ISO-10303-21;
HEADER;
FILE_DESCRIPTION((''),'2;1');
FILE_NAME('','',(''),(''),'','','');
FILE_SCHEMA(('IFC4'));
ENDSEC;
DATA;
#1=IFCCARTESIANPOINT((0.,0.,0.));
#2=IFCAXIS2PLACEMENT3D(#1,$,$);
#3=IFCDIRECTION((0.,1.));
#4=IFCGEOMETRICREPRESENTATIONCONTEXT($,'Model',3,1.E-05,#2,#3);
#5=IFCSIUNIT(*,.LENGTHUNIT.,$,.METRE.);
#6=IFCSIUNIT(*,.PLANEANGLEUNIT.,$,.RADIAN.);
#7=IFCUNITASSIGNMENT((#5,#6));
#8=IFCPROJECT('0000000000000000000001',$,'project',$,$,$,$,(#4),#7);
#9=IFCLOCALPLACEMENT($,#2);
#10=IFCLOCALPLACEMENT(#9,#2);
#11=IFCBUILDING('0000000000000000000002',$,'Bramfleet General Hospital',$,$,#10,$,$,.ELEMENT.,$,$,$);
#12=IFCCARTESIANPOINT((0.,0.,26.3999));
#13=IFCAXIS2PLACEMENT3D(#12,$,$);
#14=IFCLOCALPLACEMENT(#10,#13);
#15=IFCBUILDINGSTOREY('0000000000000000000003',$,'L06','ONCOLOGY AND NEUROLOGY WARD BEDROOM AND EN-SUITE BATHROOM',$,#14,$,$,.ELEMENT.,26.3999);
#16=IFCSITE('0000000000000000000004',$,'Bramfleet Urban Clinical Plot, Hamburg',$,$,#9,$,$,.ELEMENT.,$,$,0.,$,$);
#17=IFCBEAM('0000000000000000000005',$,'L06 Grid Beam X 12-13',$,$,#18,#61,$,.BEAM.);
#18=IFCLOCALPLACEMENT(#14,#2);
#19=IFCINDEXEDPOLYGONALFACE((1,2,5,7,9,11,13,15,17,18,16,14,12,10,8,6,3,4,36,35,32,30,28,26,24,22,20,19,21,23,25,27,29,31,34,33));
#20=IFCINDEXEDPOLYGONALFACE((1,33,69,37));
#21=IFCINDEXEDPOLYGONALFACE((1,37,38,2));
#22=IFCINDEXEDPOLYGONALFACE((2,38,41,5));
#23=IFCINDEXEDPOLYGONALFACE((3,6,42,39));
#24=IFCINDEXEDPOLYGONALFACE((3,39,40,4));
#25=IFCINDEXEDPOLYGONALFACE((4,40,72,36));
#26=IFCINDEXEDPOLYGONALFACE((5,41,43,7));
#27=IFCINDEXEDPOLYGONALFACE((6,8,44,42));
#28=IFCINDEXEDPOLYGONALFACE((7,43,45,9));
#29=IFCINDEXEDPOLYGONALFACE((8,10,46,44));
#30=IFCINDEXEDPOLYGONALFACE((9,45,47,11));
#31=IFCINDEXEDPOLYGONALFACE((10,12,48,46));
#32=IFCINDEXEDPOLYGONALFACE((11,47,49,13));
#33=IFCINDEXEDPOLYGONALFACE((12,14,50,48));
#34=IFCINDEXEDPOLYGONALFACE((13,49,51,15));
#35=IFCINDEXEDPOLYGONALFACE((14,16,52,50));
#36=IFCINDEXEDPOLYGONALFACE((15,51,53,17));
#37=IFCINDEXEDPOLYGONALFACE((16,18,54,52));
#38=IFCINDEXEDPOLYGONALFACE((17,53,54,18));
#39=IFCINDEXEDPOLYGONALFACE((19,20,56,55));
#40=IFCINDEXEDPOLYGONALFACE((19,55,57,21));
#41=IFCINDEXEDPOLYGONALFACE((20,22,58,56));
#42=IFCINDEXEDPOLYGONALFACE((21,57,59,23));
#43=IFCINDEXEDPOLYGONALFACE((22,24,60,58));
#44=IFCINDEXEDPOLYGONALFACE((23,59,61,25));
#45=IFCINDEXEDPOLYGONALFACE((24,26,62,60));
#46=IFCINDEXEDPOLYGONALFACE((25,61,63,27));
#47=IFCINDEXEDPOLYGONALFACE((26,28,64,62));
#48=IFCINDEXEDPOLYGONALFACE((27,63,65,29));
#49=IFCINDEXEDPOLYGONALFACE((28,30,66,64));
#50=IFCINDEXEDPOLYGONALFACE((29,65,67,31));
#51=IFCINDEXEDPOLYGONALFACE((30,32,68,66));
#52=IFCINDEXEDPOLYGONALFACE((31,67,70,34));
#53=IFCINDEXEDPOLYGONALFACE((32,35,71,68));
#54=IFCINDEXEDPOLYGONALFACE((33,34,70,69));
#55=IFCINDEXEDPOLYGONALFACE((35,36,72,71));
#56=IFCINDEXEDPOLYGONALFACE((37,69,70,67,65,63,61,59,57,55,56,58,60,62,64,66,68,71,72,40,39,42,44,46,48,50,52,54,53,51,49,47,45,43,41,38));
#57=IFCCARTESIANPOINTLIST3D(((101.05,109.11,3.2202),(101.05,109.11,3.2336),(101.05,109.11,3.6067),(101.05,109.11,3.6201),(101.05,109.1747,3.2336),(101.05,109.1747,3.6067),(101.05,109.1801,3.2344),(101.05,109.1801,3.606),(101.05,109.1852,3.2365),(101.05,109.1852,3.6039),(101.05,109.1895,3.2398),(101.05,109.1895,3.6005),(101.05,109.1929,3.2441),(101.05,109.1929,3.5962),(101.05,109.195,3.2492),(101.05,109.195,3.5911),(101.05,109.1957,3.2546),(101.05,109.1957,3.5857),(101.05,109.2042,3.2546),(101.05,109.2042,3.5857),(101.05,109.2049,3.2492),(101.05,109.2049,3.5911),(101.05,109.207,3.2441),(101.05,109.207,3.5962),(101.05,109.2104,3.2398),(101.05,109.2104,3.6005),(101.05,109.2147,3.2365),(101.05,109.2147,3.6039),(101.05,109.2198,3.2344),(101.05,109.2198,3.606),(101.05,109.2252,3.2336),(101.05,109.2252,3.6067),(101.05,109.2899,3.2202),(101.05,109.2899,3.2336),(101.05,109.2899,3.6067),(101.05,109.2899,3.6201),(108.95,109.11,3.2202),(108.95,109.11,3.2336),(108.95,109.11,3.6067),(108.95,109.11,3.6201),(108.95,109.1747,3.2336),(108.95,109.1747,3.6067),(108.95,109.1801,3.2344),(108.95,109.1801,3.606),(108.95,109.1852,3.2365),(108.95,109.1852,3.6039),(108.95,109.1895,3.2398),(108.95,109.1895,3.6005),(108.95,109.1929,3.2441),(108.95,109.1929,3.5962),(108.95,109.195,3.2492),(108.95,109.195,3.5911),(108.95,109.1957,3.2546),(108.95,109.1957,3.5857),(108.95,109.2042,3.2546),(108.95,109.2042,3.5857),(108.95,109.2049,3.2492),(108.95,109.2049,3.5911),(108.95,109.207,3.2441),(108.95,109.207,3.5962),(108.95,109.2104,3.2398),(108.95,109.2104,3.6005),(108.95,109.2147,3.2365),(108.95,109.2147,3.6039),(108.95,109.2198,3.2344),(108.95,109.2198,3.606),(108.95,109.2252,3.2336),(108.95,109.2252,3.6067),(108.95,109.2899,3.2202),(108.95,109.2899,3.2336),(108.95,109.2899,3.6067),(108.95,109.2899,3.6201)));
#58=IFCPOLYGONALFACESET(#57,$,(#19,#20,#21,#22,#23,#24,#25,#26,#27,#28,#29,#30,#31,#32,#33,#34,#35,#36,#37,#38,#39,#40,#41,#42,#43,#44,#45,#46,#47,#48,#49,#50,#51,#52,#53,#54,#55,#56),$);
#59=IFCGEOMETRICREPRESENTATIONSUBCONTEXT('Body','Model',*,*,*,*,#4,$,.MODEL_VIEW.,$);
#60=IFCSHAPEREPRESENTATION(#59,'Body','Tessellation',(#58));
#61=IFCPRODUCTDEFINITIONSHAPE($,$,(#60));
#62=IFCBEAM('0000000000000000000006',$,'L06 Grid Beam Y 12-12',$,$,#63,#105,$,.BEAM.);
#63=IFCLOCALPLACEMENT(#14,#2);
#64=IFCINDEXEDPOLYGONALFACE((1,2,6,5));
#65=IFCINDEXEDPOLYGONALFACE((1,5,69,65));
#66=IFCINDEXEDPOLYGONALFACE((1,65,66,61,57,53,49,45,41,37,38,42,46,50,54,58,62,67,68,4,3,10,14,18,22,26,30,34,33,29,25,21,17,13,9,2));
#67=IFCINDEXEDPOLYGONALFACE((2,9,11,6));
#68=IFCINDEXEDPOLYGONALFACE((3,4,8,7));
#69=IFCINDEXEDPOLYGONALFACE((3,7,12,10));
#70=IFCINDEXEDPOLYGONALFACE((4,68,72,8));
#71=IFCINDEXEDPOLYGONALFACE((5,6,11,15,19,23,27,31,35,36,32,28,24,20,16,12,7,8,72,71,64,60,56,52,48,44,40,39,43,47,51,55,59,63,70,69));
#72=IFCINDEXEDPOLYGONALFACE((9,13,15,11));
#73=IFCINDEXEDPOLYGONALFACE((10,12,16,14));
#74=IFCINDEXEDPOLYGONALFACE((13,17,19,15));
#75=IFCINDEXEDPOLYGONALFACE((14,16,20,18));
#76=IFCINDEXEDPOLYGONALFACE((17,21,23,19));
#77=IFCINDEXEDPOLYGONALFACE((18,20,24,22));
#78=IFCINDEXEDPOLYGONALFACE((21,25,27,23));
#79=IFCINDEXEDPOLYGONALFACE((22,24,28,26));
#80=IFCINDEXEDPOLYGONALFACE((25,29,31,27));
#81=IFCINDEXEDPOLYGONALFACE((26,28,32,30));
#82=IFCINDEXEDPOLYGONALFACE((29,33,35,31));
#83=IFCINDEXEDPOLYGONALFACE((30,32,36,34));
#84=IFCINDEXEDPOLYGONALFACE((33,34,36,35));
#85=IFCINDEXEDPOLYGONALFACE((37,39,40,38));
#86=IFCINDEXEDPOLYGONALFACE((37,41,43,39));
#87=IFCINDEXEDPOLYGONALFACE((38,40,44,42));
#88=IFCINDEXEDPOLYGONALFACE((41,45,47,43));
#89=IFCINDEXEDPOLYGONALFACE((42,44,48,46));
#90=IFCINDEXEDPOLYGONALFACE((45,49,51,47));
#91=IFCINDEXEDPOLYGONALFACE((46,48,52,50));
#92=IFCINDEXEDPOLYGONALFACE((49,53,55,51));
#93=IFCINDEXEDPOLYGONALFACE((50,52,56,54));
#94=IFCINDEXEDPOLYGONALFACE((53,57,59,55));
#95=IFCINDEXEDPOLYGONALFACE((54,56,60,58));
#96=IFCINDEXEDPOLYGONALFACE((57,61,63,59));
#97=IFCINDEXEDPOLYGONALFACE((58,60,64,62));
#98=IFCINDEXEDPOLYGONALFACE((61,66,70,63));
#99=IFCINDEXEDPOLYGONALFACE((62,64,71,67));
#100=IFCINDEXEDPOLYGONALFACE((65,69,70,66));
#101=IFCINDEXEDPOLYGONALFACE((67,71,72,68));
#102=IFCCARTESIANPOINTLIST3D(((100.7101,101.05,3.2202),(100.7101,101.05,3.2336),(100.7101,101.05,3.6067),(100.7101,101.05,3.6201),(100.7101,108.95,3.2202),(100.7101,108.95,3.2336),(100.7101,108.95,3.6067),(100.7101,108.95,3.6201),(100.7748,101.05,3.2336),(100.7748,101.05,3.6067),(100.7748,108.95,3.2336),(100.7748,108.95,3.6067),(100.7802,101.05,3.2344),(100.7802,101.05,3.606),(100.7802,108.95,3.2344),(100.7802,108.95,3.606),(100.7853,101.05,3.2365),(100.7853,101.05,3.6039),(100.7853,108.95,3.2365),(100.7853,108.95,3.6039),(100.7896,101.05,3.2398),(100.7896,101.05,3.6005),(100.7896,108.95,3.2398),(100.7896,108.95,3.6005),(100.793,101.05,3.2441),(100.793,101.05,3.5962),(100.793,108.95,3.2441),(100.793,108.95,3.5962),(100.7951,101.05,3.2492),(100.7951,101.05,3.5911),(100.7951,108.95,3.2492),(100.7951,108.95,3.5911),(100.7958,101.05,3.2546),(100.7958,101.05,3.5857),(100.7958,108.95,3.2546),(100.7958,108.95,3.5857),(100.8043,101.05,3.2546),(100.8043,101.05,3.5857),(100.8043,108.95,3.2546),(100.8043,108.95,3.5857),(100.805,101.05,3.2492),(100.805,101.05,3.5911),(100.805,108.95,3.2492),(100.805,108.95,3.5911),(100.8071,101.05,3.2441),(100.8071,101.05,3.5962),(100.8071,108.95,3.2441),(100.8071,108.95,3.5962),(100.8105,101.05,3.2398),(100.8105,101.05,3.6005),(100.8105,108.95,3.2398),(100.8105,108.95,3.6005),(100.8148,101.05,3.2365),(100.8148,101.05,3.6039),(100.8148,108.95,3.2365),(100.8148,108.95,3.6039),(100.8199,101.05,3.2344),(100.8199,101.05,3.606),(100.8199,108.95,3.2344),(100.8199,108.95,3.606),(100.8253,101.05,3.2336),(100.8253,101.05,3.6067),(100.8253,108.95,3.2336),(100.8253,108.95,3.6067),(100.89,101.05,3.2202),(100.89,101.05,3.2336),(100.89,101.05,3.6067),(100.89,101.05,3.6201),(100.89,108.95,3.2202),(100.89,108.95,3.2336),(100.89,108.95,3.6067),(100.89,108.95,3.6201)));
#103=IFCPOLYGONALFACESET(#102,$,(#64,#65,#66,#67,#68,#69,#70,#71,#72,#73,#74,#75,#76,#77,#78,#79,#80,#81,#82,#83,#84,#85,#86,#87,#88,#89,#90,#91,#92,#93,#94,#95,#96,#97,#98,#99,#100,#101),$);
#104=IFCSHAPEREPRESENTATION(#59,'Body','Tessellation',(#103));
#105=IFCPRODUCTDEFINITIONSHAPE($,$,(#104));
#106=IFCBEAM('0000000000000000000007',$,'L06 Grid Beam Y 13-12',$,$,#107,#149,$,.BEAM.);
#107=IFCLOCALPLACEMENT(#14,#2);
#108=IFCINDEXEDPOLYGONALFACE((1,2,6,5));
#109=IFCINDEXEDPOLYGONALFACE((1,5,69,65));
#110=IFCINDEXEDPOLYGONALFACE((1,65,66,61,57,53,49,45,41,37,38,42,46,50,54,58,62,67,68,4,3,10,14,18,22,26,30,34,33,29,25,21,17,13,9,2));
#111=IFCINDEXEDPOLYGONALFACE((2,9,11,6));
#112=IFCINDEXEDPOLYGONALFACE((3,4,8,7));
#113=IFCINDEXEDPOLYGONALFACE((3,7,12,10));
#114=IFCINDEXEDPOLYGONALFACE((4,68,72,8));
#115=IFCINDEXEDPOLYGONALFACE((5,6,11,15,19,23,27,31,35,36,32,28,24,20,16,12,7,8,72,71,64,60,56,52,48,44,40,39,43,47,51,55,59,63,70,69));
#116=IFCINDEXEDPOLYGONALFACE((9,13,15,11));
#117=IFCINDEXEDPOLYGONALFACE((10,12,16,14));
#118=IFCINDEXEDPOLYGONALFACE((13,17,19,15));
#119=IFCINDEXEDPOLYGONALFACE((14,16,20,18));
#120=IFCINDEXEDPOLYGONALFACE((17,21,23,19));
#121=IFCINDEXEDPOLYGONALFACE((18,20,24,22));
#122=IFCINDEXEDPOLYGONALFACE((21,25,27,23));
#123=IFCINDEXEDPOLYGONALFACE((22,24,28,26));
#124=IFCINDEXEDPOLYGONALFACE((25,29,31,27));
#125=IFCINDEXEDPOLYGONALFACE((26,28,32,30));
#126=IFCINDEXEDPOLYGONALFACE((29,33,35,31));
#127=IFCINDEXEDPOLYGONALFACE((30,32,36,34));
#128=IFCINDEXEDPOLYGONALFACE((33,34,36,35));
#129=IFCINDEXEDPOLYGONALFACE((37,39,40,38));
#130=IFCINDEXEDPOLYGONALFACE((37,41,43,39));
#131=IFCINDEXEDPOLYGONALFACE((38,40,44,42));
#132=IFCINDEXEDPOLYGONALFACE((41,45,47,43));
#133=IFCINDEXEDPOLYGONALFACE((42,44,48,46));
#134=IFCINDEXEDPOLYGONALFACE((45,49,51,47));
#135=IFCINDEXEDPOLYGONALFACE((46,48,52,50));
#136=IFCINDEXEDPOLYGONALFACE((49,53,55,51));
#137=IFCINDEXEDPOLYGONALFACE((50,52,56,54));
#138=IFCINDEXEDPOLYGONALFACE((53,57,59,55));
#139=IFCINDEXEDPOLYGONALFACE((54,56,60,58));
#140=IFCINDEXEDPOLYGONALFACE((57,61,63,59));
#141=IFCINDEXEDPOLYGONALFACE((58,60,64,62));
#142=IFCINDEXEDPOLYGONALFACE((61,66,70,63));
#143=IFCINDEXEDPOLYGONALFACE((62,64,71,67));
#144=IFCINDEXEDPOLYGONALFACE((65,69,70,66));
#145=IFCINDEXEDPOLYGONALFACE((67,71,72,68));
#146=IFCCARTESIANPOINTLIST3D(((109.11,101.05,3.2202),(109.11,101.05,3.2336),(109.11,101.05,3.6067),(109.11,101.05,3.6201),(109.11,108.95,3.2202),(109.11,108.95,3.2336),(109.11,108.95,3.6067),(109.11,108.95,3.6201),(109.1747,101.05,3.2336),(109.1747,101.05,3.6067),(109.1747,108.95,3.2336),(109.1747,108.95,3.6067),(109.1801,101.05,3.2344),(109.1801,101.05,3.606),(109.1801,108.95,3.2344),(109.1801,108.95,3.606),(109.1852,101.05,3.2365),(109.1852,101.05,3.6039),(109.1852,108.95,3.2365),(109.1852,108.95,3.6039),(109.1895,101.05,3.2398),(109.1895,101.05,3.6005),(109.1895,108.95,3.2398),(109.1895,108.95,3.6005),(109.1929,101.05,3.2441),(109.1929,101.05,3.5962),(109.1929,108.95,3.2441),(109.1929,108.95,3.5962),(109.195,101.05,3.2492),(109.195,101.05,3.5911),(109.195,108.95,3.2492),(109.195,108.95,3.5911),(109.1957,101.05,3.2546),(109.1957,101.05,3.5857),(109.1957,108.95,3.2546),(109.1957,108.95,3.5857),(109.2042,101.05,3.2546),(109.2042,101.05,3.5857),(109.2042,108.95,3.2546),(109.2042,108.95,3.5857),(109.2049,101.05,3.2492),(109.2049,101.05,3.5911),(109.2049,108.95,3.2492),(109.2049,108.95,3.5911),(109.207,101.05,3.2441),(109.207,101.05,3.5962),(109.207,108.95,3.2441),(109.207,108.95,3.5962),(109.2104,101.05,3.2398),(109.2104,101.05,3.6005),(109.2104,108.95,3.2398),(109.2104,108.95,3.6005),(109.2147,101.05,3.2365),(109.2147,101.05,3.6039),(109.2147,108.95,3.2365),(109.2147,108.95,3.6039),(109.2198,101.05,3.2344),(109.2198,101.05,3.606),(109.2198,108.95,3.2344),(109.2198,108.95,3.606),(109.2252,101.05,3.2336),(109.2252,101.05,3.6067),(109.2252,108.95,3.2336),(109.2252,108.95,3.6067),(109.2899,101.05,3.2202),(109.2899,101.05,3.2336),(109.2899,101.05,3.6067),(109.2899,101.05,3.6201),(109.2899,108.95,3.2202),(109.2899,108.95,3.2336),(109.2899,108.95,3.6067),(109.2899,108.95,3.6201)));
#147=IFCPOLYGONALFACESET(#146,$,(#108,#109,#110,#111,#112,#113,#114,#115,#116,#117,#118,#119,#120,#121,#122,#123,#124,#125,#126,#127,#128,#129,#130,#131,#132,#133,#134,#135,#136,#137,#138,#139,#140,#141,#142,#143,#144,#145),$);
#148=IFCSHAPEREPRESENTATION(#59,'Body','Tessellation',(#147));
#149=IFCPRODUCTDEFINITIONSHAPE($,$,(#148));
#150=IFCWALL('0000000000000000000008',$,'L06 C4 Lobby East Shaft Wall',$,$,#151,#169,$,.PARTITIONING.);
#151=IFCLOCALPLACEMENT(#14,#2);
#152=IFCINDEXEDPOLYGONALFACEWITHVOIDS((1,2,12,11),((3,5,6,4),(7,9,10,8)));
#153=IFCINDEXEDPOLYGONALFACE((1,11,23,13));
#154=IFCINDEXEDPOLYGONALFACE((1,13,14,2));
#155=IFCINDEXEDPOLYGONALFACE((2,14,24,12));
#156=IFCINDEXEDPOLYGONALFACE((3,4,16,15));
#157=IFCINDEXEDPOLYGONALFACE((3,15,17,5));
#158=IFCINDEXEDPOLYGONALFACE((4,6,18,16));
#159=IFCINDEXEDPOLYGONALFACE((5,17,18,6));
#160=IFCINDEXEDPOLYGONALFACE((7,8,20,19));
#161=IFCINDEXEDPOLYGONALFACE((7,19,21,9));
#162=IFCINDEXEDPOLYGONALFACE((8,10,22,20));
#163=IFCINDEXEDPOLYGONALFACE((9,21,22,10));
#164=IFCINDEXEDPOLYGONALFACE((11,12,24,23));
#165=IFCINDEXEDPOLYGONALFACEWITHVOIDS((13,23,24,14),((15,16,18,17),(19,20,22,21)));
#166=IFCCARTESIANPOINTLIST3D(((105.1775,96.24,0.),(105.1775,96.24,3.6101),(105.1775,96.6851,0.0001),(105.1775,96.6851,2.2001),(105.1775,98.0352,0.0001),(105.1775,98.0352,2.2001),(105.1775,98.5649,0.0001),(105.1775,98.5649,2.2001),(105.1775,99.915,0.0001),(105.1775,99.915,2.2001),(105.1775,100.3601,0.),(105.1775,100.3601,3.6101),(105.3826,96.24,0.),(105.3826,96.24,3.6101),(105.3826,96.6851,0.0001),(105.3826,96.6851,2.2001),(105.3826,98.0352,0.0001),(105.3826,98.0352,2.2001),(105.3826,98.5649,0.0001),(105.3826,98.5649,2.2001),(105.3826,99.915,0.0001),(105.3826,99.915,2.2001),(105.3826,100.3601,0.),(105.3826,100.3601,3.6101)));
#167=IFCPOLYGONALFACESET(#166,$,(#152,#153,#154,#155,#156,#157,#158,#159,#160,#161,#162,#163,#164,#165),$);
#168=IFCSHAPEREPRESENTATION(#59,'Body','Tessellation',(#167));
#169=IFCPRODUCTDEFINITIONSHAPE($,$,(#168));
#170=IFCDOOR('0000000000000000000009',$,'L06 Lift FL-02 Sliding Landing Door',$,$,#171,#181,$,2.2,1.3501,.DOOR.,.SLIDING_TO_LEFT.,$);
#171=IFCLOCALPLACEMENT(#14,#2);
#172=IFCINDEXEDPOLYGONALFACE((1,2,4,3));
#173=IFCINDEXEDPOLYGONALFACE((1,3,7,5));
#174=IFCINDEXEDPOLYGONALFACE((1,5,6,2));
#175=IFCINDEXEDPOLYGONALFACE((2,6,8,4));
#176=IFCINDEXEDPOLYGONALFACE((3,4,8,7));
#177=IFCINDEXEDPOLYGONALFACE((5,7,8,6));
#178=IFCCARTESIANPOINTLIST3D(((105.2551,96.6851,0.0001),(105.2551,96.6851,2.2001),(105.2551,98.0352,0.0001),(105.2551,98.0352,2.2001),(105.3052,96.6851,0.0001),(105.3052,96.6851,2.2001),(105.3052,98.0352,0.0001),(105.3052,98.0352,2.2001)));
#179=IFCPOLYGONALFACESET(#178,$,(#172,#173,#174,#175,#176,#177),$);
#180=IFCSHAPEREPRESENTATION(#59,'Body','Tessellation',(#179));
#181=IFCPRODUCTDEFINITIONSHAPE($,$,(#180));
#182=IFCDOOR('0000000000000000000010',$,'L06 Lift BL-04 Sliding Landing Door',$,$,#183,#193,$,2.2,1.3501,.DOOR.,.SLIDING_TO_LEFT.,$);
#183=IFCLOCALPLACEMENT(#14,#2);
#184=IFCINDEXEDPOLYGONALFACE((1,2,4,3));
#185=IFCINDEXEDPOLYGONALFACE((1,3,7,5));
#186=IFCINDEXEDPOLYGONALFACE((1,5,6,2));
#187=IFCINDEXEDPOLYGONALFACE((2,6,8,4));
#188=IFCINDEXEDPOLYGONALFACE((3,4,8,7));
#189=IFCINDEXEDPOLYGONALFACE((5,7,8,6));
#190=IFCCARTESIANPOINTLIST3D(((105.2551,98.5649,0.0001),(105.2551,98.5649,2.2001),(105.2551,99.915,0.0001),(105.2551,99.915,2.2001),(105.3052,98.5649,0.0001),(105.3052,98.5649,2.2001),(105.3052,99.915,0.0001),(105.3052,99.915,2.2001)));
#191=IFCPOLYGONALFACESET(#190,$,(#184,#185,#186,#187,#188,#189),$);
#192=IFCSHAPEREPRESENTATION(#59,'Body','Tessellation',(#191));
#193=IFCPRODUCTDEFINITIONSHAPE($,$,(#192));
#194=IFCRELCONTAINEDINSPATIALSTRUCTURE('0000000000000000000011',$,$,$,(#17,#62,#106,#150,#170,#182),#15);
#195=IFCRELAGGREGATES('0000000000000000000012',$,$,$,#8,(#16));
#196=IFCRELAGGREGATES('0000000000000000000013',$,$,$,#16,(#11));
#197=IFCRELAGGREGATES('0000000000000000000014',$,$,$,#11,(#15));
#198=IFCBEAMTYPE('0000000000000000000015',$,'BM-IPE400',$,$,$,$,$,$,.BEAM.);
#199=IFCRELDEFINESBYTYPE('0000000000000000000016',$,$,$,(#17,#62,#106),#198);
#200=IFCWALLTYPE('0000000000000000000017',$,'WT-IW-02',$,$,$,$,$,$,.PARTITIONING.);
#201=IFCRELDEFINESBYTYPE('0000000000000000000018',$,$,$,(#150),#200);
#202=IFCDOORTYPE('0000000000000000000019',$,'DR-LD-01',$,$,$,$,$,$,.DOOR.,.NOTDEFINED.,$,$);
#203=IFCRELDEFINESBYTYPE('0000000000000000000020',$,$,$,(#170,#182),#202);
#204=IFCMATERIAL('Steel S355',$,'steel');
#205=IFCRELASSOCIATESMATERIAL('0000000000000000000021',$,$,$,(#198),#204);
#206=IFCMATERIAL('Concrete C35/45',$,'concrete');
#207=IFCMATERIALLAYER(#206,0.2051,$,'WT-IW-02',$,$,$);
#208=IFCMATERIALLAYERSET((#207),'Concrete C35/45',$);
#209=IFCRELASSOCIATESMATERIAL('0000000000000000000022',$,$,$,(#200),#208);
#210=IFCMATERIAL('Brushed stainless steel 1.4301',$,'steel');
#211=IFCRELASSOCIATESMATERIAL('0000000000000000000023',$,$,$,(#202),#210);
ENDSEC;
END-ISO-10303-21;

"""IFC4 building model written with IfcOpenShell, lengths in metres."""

from ifc_helpers import new_model, si_unit, direction, frame, frame_2d, origin, origin_2d, place, context, subcontext, project, spatial, rectangle, i_section, extrude, material, layer, layer_set, material_profile, profile_set, type_object, element, fill, save


model = new_model("IFC4")

# Units and contexts
model_context = context("Model", 3, precision=1e-05, world=origin(), true_north=direction((0.0, 1.0)))
body_context = subcontext(model_context, "Body", "Model", "MODEL_VIEW")
ifc_project = project(units=[si_unit("LENGTHUNIT", "METRE"), si_unit("PLANEANGLEUNIT", "RADIAN")], contexts=[model_context])

# Site, building, storey
site_placement = place(None, origin())
site = spatial("IfcSite", under=ifc_project, at=site_placement, Name="Bramfleet Urban Clinical Plot, Hamburg", CompositionType="ELEMENT", RefElevation=0.0)
building_placement = place(site_placement, origin())
building = spatial("IfcBuilding", under=site, at=building_placement, Name="Bramfleet General Hospital", CompositionType="ELEMENT")
storey_placement = place(building_placement, frame((0.0, 0.0, 26.3999)))
storey = spatial("IfcBuildingStorey", under=building, at=storey_placement, Name="L06", Description="ONCOLOGY AND NEUROLOGY WARD BEDROOM AND EN-SUITE BATHROOM", CompositionType="ELEMENT", Elevation=26.3999)

# Beams
ifc_material_1 = material(Name="Steel S355", Category="steel")
ifc_material_profile_1 = material_profile(ifc_material_1, i_section(OverallWidth=0.1799, OverallDepth=0.3999, WebThickness=0.0085, FlangeThickness=0.0134, FilletRadius=0.021, at=origin_2d()), Name="IPE 400")
ifc_profile_set_1 = profile_set([ifc_material_profile_1], Name="Steel S355")
beam_type_1 = type_object("IfcBeamType", Name="BM-IPE400", PredefinedType="BEAM", material=ifc_profile_set_1)
for number, where, z_axis, x_axis, name in (
    (1, (101.05, 109.2, 3.4202), (1.0, 0.0, 0.0), (0.0, 1.0, 0.0), "L06 Grid Beam X 12-13"),
    (2, (100.8, 101.05, 3.4202), (0.0, 1.0, 0.0), (-1.0, 0.0, 0.0), "L06 Grid Beam Y 12-12"),
    (3, (109.2, 101.05, 3.4202), (0.0, 1.0, 0.0), (-1.0, 0.0, 0.0), "L06 Grid Beam Y 13-12"),
):
    element("IfcBeam", number, at=place(storey_placement, frame(where, z_axis=z_axis, x_axis=x_axis)), inside=storey, type_object=beam_type_1, Name=name, PredefinedType="BEAM", context=body_context, shape_type="SweptSolid", body=[
        extrude(i_section(OverallWidth=0.1799, OverallDepth=0.3999, WebThickness=0.0085, FlangeThickness=0.0134, FilletRadius=0.021, at=origin_2d()), origin(), (0.0, 0.0, 1.0), 7.8999),
    ])

# Wall, openings, doors
ifc_material_2 = material(Name="Concrete C35/45", Category="concrete")
ifc_layer_1 = layer(ifc_material_2, 0.2051, Name="WT-IW-02")
ifc_layer_set_1 = layer_set([ifc_layer_1], Name="Concrete C35/45")
wall_type_1 = type_object("IfcWallType", Name="WT-IW-02", PredefinedType="PARTITIONING", material=ifc_layer_set_1)
wall_1_placement = place(storey_placement, frame((105.28, 96.24, 0.0), z_axis=(0.0, 0.0, 1.0), x_axis=(0.0, 1.0, 0.0)))
wall_1 = element("IfcWall", 4, at=wall_1_placement, inside=storey, type_object=wall_type_1, Name="L06 C4 Lobby East Shaft Wall", PredefinedType="PARTITIONING", context=body_context, shape_type="SweptSolid", body=[
    extrude(rectangle(XDim=4.1201, YDim=0.2051, at=frame_2d((2.0601, 0.0))), origin(), (0.0, 0.0, 1.0), 3.6101),
])
opening_1_placement = place(wall_1_placement, frame((0.4451, 0.0, 0.0)))
opening_1 = element("IfcOpeningElement", 5, at=opening_1_placement, cuts=wall_1, PredefinedType="OPENING", context=body_context, shape_type="SweptSolid", body=[
    extrude(rectangle(XDim=1.3501, YDim=2.2, at=frame_2d((0.675, 1.1001))), frame((0.0, 0.1125, 0.0), z_axis=(0.0, -1.0, 0.0), x_axis=(1.0, 0.0, 0.0)), (0.0, 0.0, 1.0), 0.2251),
])
opening_2_placement = place(wall_1_placement, frame((2.325, 0.0, 0.0)))
opening_2 = element("IfcOpeningElement", 6, at=opening_2_placement, cuts=wall_1, PredefinedType="OPENING", context=body_context, shape_type="SweptSolid", body=[
    extrude(rectangle(XDim=1.3501, YDim=2.2, at=frame_2d((0.675, 1.1001))), frame((0.0, 0.1125, 0.0), z_axis=(0.0, -1.0, 0.0), x_axis=(1.0, 0.0, 0.0)), (0.0, 0.0, 1.0), 0.2251),
])
ifc_material_3 = material(Name="Brushed stainless steel 1.4301", Category="steel")
door_type_1 = type_object("IfcDoorType", Name="DR-LD-01", OperationType="NOTDEFINED", PredefinedType="DOOR", material=ifc_material_3)
door_1_placement = place(opening_1_placement, origin())
door_1 = element("IfcDoor", 7, at=door_1_placement, inside=storey, type_object=door_type_1, Name="L06 Lift FL-02 Sliding Landing Door", OperationType="SLIDING_TO_LEFT", OverallHeight=2.2, OverallWidth=1.3501, PredefinedType="DOOR", context=body_context, shape_type="SweptSolid", body=[
    extrude(rectangle(XDim=1.3501, YDim=2.2, at=frame_2d((0.675, 1.1001))), frame((0.0, 0.0249, 0.0), z_axis=(0.0, -1.0, 0.0), x_axis=(1.0, 0.0, 0.0)), (0.0, 0.0, 1.0), 0.05),
])
fill(opening_1, door_1)
door_2_placement = place(opening_2_placement, origin())
door_2 = element("IfcDoor", 8, at=door_2_placement, inside=storey, type_object=door_type_1, Name="L06 Lift BL-04 Sliding Landing Door", OperationType="SLIDING_TO_LEFT", OverallHeight=2.2, OverallWidth=1.3501, PredefinedType="DOOR", context=body_context, shape_type="SweptSolid", body=[
    extrude(rectangle(XDim=1.3501, YDim=2.2, at=frame_2d((0.675, 1.1001))), frame((0.0, 0.0249, 0.0), z_axis=(0.0, -1.0, 0.0), x_axis=(1.0, 0.0, 0.0)), (0.0, 0.0, 1.0), 0.05),
])
fill(opening_2, door_2)

save(model, "model.ifc")
